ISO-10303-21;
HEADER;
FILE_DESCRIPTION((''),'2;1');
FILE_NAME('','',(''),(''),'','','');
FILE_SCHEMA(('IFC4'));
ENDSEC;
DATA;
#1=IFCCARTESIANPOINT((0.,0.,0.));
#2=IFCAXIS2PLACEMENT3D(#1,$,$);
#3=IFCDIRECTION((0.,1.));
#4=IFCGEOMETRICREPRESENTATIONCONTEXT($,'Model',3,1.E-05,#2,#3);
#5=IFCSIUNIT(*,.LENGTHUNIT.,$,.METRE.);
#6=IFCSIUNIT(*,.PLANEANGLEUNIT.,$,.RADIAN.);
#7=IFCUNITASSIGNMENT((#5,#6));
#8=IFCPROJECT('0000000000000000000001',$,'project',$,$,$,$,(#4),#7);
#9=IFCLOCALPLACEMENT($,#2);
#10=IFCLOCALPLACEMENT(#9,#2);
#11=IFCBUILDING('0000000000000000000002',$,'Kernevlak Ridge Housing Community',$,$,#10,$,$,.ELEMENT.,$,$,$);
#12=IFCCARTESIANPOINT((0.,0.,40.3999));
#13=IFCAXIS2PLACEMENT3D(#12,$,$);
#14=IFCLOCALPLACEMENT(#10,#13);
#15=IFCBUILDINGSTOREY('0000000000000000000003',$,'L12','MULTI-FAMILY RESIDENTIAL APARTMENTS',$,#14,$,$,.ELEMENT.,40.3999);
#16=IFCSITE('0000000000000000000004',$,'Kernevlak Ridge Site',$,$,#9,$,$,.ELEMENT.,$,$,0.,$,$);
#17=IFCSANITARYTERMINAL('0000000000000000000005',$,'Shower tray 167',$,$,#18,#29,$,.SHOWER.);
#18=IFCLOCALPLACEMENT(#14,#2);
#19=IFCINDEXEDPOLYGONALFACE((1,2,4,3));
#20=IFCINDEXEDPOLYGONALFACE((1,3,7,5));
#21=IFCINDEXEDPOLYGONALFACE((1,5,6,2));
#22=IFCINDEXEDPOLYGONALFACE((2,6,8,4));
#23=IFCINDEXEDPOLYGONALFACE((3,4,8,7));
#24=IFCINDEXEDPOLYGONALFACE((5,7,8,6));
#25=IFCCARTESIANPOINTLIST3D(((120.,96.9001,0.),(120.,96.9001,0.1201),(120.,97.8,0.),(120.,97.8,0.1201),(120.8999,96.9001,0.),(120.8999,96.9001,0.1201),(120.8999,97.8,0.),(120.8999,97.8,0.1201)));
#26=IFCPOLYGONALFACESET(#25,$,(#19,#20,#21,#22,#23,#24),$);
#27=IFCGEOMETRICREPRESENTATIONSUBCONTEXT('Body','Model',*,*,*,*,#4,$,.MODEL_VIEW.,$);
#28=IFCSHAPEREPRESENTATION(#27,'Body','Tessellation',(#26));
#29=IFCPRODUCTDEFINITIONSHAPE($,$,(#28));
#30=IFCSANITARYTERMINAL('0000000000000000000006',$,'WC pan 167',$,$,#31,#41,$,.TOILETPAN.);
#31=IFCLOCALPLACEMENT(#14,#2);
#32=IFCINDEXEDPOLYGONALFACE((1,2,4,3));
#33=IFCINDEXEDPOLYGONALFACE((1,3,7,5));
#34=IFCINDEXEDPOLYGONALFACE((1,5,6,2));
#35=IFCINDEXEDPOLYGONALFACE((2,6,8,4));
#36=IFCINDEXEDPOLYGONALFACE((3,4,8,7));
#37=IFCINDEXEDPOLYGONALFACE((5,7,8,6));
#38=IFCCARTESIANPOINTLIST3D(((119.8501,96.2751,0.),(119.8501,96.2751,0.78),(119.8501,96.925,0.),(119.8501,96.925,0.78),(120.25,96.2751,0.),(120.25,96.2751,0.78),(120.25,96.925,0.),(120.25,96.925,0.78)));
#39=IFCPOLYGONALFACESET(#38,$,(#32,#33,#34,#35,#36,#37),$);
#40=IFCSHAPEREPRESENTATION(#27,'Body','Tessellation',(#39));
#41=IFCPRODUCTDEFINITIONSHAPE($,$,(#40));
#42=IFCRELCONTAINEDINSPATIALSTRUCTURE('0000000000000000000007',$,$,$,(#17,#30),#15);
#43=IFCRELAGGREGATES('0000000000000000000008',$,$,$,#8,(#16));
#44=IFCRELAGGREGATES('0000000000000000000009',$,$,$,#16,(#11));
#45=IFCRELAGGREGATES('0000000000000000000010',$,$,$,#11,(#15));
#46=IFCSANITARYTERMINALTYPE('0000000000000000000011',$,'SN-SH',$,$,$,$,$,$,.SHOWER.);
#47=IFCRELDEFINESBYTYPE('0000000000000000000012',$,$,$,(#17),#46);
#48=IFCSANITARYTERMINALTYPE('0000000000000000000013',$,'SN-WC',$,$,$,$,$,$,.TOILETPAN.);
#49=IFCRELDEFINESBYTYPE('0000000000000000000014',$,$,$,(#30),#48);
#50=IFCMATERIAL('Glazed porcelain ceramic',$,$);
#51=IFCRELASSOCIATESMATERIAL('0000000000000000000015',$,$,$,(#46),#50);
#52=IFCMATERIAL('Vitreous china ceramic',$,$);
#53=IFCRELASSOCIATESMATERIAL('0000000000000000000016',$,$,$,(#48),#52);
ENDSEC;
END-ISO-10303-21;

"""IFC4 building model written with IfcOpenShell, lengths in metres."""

from ifc_helpers import new_model, si_unit, direction, frame, origin, origin_2d, place, context, subcontext, project, spatial, rectangle, extrude, material, type_object, element, save


model = new_model("IFC4")

# Units and contexts
model_context = context("Model", 3, precision=1e-05, world=origin(), true_north=direction((0.0, 1.0)))
body_context = subcontext(model_context, "Body", "Model", "MODEL_VIEW")
ifc_project = project(units=[si_unit("LENGTHUNIT", "METRE"), si_unit("PLANEANGLEUNIT", "RADIAN")], contexts=[model_context])

# Site, building, storey
site_placement = place(None, origin())
site = spatial("IfcSite", under=ifc_project, at=site_placement, Name="Kernevlak Ridge Site", CompositionType="ELEMENT", RefElevation=0.0)
building_placement = place(site_placement, origin())
building = spatial("IfcBuilding", under=site, at=building_placement, Name="Kernevlak Ridge Housing Community", CompositionType="ELEMENT")
storey_placement = place(building_placement, frame((0.0, 0.0, 40.3999)))
storey = spatial("IfcBuildingStorey", under=building, at=storey_placement, Name="L12", Description="MULTI-FAMILY RESIDENTIAL APARTMENTS", CompositionType="ELEMENT", Elevation=40.3999)

# Sanitary terminals
ifc_material_1 = material(Name="Vitreous china ceramic")
ifc_material_2 = material(Name="Glazed porcelain ceramic")
sanitary_terminal_type_1 = type_object("IfcSanitaryTerminalType", Name="SN-SH", PredefinedType="SHOWER", material=ifc_material_2)
sanitary_terminal_1_placement = place(storey_placement, frame((120.45, 97.3501, 0.0), z_axis=(0.0, 0.0, 1.0), x_axis=(1.0, 0.0, 0.0)))
element("IfcSanitaryTerminal", 1, at=sanitary_terminal_1_placement, inside=storey, type_object=sanitary_terminal_type_1, Name="Shower tray 167", PredefinedType="SHOWER", context=body_context, shape_type="SweptSolid", body=[
    extrude(rectangle(XDim=0.8999, YDim=0.8999, at=origin_2d()), origin(), (0.0, 0.0, 1.0), 0.1201),
])
sanitary_terminal_type_2 = type_object("IfcSanitaryTerminalType", Name="SN-WC", PredefinedType="TOILETPAN", material=ifc_material_1)
sanitary_terminal_2_placement = place(storey_placement, frame((120.05, 96.6001, 0.0), z_axis=(0.0, 0.0, 1.0), x_axis=(1.0, 0.0, 0.0)))
element("IfcSanitaryTerminal", 2, at=sanitary_terminal_2_placement, inside=storey, type_object=sanitary_terminal_type_2, Name="WC pan 167", PredefinedType="TOILETPAN", context=body_context, shape_type="SweptSolid", body=[
    extrude(rectangle(XDim=0.3999, YDim=0.6499, at=origin_2d()), origin(), (0.0, 0.0, 1.0), 0.78),
])

save(model, "model.ifc")
